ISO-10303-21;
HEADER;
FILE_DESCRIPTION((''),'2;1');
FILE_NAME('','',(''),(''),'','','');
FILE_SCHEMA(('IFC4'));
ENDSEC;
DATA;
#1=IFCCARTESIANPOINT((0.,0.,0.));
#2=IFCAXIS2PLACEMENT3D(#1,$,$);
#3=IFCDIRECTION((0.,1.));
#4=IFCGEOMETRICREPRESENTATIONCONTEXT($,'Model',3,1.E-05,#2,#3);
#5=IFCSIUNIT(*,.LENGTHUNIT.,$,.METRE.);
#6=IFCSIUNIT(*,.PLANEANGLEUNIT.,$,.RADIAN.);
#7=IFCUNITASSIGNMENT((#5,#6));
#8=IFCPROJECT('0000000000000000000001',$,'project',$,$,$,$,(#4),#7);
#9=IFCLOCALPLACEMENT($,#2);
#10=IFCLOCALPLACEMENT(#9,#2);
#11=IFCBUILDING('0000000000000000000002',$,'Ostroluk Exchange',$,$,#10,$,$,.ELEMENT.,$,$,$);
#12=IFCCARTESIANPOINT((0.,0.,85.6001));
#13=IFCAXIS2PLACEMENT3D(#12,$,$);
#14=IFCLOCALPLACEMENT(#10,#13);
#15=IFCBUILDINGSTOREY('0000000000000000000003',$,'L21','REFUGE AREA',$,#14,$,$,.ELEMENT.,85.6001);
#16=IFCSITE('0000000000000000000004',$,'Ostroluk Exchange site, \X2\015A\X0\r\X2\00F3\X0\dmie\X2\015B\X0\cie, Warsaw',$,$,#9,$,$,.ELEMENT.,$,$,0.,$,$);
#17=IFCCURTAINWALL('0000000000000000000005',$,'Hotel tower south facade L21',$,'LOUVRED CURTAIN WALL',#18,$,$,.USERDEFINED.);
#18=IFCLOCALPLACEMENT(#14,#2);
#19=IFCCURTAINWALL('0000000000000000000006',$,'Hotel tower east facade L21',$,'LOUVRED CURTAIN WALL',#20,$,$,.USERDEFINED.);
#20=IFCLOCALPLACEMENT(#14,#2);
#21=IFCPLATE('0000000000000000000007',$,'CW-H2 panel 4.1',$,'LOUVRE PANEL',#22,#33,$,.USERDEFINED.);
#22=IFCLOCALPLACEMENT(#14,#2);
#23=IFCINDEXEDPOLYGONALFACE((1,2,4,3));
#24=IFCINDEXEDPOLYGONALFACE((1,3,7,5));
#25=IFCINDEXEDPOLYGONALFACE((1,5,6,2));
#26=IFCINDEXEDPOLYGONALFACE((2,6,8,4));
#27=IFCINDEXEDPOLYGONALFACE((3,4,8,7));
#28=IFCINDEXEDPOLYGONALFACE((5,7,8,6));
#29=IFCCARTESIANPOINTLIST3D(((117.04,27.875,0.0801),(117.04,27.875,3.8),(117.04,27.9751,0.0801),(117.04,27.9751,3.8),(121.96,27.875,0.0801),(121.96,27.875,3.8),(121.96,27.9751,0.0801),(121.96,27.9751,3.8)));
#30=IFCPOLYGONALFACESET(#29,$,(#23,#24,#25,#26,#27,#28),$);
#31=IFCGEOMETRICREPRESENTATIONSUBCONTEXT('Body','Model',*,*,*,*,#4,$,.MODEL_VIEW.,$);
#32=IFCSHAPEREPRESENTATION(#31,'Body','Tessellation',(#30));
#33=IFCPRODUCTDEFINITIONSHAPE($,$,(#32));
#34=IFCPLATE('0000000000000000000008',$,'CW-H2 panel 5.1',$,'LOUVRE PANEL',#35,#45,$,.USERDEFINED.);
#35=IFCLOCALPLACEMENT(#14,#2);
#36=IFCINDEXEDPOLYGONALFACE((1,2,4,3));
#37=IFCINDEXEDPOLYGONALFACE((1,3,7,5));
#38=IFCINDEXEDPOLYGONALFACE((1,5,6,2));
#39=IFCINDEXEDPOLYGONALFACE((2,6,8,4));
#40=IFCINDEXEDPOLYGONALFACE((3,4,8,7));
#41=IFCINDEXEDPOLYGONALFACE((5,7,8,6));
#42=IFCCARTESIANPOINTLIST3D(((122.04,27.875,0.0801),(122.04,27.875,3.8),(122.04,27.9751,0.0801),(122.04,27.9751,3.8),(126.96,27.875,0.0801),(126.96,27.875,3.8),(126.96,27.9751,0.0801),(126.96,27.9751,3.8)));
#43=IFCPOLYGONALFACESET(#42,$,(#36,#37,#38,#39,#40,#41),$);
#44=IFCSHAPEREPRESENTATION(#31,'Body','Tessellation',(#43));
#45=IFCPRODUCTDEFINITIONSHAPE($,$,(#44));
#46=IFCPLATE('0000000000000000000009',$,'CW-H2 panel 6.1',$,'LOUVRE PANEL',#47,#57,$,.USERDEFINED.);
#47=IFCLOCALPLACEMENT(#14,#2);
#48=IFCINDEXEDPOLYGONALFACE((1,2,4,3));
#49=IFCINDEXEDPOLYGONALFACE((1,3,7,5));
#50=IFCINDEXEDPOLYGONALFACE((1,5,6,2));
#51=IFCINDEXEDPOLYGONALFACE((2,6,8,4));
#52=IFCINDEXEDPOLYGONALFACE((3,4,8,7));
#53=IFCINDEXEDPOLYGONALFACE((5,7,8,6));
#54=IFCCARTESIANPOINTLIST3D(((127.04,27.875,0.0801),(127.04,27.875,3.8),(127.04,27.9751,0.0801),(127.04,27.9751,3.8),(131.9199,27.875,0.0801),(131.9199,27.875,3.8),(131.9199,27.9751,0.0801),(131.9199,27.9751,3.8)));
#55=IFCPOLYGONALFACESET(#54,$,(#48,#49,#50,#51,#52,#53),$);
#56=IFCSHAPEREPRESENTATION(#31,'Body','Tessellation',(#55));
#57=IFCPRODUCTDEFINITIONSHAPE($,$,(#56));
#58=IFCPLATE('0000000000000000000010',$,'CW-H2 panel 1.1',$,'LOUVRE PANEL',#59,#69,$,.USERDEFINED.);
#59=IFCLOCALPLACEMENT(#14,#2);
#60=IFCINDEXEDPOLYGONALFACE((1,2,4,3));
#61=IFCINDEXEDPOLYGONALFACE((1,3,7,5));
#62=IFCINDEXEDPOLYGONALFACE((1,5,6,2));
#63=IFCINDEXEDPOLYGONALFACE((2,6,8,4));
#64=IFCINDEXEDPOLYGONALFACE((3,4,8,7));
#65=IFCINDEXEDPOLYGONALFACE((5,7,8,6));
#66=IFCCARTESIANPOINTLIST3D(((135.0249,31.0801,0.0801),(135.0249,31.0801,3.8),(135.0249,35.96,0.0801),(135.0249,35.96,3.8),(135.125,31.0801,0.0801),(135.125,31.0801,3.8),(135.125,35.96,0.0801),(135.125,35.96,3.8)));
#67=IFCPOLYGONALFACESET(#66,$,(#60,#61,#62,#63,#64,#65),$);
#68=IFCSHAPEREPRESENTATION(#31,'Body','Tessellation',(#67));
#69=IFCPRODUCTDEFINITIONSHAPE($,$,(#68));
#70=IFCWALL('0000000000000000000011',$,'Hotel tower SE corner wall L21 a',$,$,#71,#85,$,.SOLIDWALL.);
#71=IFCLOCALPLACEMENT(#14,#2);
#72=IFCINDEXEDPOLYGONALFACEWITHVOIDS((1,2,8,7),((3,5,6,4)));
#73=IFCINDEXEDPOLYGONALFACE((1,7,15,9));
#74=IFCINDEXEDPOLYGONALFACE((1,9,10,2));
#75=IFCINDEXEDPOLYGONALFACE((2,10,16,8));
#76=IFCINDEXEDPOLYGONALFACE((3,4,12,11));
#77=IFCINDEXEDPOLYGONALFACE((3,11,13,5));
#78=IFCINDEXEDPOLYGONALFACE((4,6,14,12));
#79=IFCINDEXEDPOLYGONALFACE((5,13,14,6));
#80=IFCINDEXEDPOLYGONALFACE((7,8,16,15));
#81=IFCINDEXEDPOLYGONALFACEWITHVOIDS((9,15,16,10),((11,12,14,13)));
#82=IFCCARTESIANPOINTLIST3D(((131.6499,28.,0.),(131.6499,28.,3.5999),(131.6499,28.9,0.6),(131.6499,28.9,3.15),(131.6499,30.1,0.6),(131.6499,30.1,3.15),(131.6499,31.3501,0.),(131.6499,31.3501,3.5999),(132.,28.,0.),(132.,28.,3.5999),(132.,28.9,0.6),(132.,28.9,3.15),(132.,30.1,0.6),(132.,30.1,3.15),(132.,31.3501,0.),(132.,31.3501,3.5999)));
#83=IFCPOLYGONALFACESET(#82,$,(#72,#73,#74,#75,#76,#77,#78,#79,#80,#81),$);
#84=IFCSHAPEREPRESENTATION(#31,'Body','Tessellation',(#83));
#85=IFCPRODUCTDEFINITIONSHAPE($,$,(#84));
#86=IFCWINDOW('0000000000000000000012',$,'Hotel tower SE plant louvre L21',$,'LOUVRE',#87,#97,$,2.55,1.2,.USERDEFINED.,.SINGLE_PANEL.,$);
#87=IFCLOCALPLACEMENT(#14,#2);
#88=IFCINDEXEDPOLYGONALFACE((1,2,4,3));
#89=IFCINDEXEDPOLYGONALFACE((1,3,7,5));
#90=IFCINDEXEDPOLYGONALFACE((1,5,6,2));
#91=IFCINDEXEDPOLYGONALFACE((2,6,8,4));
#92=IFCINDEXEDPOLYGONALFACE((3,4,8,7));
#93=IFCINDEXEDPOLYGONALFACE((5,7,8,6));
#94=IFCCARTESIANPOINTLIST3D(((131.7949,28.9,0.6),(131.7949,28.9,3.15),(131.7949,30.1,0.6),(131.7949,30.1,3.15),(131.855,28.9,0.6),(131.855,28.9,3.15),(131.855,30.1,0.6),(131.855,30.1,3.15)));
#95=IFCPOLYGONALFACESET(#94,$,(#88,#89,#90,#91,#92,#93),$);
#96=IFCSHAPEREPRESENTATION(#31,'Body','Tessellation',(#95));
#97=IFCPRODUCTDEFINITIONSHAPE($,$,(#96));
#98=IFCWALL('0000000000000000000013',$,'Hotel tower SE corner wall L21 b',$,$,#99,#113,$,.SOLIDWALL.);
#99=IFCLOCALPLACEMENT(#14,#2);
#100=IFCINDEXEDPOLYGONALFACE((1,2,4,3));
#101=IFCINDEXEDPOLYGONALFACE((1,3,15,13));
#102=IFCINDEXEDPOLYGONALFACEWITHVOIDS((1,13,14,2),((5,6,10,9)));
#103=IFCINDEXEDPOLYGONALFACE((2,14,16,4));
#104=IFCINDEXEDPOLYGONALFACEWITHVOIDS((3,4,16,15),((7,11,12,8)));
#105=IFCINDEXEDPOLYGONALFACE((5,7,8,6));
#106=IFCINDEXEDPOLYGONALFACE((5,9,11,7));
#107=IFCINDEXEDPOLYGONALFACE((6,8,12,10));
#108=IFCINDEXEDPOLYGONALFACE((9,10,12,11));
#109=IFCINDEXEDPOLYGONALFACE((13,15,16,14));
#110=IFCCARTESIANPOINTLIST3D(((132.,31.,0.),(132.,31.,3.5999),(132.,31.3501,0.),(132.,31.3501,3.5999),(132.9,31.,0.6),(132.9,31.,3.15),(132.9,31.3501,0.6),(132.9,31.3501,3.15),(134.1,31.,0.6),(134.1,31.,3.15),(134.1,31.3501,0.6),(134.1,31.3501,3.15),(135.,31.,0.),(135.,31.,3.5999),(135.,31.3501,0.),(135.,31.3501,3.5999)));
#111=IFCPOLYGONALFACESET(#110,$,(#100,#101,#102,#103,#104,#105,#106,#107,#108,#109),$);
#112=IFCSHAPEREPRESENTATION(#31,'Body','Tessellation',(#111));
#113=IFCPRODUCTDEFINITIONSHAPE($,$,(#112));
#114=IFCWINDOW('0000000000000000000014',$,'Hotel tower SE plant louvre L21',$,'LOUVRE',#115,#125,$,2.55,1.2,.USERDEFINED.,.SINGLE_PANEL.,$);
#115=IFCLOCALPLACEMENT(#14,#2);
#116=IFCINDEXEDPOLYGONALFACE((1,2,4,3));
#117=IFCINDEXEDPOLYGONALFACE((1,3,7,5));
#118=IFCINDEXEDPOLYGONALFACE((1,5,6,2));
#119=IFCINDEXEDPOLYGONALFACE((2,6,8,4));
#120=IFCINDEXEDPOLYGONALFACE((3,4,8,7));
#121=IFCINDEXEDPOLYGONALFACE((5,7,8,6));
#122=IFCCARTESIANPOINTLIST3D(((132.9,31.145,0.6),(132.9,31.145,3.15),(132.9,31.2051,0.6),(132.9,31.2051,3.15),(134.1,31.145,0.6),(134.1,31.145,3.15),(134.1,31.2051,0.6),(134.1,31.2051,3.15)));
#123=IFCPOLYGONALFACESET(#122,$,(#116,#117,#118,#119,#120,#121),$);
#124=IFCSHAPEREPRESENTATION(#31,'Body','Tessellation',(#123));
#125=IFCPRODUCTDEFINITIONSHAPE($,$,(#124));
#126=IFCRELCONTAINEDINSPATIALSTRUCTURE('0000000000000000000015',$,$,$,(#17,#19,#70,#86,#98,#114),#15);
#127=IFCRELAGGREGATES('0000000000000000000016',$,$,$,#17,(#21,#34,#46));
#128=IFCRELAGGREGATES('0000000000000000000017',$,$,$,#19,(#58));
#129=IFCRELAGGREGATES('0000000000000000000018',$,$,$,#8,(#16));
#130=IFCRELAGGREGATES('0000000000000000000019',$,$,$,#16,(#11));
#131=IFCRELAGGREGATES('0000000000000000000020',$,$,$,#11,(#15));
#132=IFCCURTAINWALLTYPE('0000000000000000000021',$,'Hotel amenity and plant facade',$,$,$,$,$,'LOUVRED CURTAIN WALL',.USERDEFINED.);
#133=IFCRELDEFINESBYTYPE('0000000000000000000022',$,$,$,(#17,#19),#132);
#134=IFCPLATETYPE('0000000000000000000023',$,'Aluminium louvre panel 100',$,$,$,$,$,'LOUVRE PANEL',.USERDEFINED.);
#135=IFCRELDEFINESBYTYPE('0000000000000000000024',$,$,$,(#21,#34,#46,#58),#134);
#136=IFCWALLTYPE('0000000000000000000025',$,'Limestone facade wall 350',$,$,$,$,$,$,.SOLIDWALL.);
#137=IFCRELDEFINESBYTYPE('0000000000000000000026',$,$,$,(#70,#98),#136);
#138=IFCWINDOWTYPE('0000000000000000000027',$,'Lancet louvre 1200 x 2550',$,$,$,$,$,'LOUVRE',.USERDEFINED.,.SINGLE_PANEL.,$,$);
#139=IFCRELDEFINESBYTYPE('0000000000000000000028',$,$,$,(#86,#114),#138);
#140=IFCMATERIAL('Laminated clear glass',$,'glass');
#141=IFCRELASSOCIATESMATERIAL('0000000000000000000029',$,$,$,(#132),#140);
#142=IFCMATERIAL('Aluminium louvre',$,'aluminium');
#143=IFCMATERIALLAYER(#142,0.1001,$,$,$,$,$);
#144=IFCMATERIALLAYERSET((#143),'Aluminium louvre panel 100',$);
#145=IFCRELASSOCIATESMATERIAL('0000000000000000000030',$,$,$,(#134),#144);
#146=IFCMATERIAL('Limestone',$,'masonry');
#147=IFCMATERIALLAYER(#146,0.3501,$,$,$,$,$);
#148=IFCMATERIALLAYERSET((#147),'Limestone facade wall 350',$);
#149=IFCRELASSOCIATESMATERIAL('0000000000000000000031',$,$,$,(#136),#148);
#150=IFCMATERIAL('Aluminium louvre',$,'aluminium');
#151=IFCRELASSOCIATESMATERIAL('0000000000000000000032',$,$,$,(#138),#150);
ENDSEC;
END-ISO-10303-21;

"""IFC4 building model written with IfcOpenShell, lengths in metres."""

from ifc_helpers import new_model, si_unit, direction, frame, frame_2d, origin, origin_2d, place, context, subcontext, project, spatial, rectangle, extrude, material, layer, layer_set, type_object, element, fill, aggregate, save


model = new_model("IFC4")

# Units and contexts
model_context = context("Model", 3, precision=1e-05, world=origin(), true_north=direction((0.0, 1.0)))
body_context = subcontext(model_context, "Body", "Model", "MODEL_VIEW")
ifc_project = project(units=[si_unit("LENGTHUNIT", "METRE"), si_unit("PLANEANGLEUNIT", "RADIAN")], contexts=[model_context])

# Site, building, storey
site_placement = place(None, origin())
site = spatial("IfcSite", under=ifc_project, at=site_placement, Name="Ostroluk Exchange site, Śródmieście, Warsaw", CompositionType="ELEMENT", RefElevation=0.0)
building_placement = place(site_placement, origin())
building = spatial("IfcBuilding", under=site, at=building_placement, Name="Ostroluk Exchange", CompositionType="ELEMENT")
storey_placement = place(building_placement, frame((0.0, 0.0, 85.6001)))
storey = spatial("IfcBuildingStorey", under=building, at=storey_placement, Name="L21", Description="REFUGE AREA", CompositionType="ELEMENT", Elevation=85.6001)

# Curtain wall
ifc_material_1 = material(Name="Laminated clear glass", Category="glass")
curtain_wall_type = type_object("IfcCurtainWallType", Name="Hotel amenity and plant facade", ElementType="LOUVRED CURTAIN WALL", PredefinedType="USERDEFINED", material=ifc_material_1)
curtain_wall_1_placement = place(storey_placement, origin())
curtain_wall_1 = element("IfcCurtainWall", 1, at=curtain_wall_1_placement, inside=storey, type_object=curtain_wall_type, Name="Hotel tower south facade L21", ObjectType="LOUVRED CURTAIN WALL", PredefinedType="USERDEFINED")

# Curtain wall
curtain_wall_2_placement = place(storey_placement, origin())
curtain_wall_2 = element("IfcCurtainWall", 2, at=curtain_wall_2_placement, inside=storey, type_object=curtain_wall_type, Name="Hotel tower east facade L21", ObjectType="LOUVRED CURTAIN WALL", PredefinedType="USERDEFINED")

# Plates
ifc_material_2 = material(Name="Aluminium louvre", Category="aluminium")
ifc_layer_1 = layer(ifc_material_2, 0.1001)
ifc_layer_set_1 = layer_set([ifc_layer_1], Name="Aluminium louvre panel 100")
plate_type = type_object("IfcPlateType", Name="Aluminium louvre panel 100", ElementType="LOUVRE PANEL", PredefinedType="USERDEFINED", material=ifc_layer_set_1)
plate_1_placement = place(storey_placement, frame((119.5, 27.925, 0.0801), z_axis=(0.0, 0.0, 1.0), x_axis=(1.0, 0.0, 0.0)))
plate_1 = element("IfcPlate", 3, at=plate_1_placement, type_object=plate_type, Name="CW-H2 panel 4.1", ObjectType="LOUVRE PANEL", PredefinedType="USERDEFINED", context=body_context, shape_type="SweptSolid", body=[
    extrude(rectangle(XDim=4.9199, YDim=0.1001, at=origin_2d()), origin(), (0.0, 0.0, 1.0), 3.72),
])
plate_2_placement = place(storey_placement, frame((124.5, 27.925, 0.0801), z_axis=(0.0, 0.0, 1.0), x_axis=(1.0, 0.0, 0.0)))
plate_2 = element("IfcPlate", 4, at=plate_2_placement, type_object=plate_type, Name="CW-H2 panel 5.1", ObjectType="LOUVRE PANEL", PredefinedType="USERDEFINED", context=body_context, shape_type="SweptSolid", body=[
    extrude(rectangle(XDim=4.9199, YDim=0.1001, at=origin_2d()), origin(), (0.0, 0.0, 1.0), 3.72),
])
plate_3_placement = place(storey_placement, frame((129.48, 27.925, 0.0801), z_axis=(0.0, 0.0, 1.0), x_axis=(1.0, 0.0, 0.0)))
plate_3 = element("IfcPlate", 5, at=plate_3_placement, type_object=plate_type, Name="CW-H2 panel 6.1", ObjectType="LOUVRE PANEL", PredefinedType="USERDEFINED", context=body_context, shape_type="SweptSolid", body=[
    extrude(rectangle(XDim=4.8799, YDim=0.1001, at=origin_2d()), origin(), (0.0, 0.0, 1.0), 3.72),
])
aggregate(curtain_wall_1, [plate_1, plate_2, plate_3])
plate_4_placement = place(storey_placement, frame((135.075, 33.52, 0.0801), z_axis=(0.0, 0.0, 1.0), x_axis=(0.0, 1.0, 0.0)))
plate_4 = element("IfcPlate", 6, at=plate_4_placement, type_object=plate_type, Name="CW-H2 panel 1.1", ObjectType="LOUVRE PANEL", PredefinedType="USERDEFINED", context=body_context, shape_type="SweptSolid", body=[
    extrude(rectangle(XDim=4.8799, YDim=0.1001, at=origin_2d()), origin(), (0.0, 0.0, 1.0), 3.72),
])
aggregate(curtain_wall_2, [plate_4])

# Walls, openings, windows
ifc_material_3 = material(Name="Limestone", Category="masonry")
ifc_layer_2 = layer(ifc_material_3, 0.3501)
ifc_layer_set_2 = layer_set([ifc_layer_2], Name="Limestone facade wall 350")
wall_type = type_object("IfcWallType", Name="Limestone facade wall 350", PredefinedType="SOLIDWALL", material=ifc_layer_set_2)
wall_1_placement = place(storey_placement, frame((131.825, 28.0, 0.0), z_axis=(0.0, 0.0, 1.0), x_axis=(0.0, 1.0, 0.0)))
wall_1 = element("IfcWall", 7, at=wall_1_placement, inside=storey, type_object=wall_type, Name="Hotel tower SE corner wall L21 a", PredefinedType="SOLIDWALL", context=body_context, shape_type="SweptSolid", body=[
    extrude(rectangle(XDim=3.3501, YDim=0.3501, at=frame_2d((1.675, 0.0))), origin(), (0.0, 0.0, 1.0), 3.5999),
])
opening_1_placement = place(wall_1_placement, frame((0.8999, 0.0, 0.6001)))
opening_1 = element("IfcOpeningElement", 8, at=opening_1_placement, cuts=wall_1, PredefinedType="OPENING", context=body_context, shape_type="SweptSolid", body=[
    extrude(rectangle(XDim=1.2, YDim=2.55, at=frame_2d((0.6001, 1.2749))), frame((0.0, 0.1851, 0.0), z_axis=(0.0, -1.0, 0.0), x_axis=(1.0, 0.0, 0.0)), (0.0, 0.0, 1.0), 0.3701),
])
ifc_material_4 = material(Name="Aluminium louvre", Category="aluminium")
window_type = type_object("IfcWindowType", Name="Lancet louvre 1200 x 2550", ElementType="LOUVRE", PartitioningType="SINGLE_PANEL", PredefinedType="USERDEFINED", material=ifc_material_4)
window_1_placement = place(opening_1_placement, origin())
window_1 = element("IfcWindow", 9, at=window_1_placement, inside=storey, type_object=window_type, Name="Hotel tower SE plant louvre L21", ObjectType="LOUVRE", OverallHeight=2.55, OverallWidth=1.2, PartitioningType="SINGLE_PANEL", PredefinedType="USERDEFINED", context=body_context, shape_type="SweptSolid", body=[
    extrude(rectangle(XDim=1.2, YDim=2.55, at=frame_2d((0.6001, 1.2749))), frame((0.0, 0.03, 0.0), z_axis=(0.0, -1.0, 0.0), x_axis=(1.0, 0.0, 0.0)), (0.0, 0.0, 1.0), 0.0601),
])
fill(opening_1, window_1)
wall_2_placement = place(storey_placement, frame((132.0, 31.175, 0.0), z_axis=(0.0, 0.0, 1.0), x_axis=(1.0, 0.0, 0.0)))
wall_2 = element("IfcWall", 10, at=wall_2_placement, inside=storey, type_object=wall_type, Name="Hotel tower SE corner wall L21 b", PredefinedType="SOLIDWALL", context=body_context, shape_type="SweptSolid", body=[
    extrude(rectangle(XDim=3.0, YDim=0.3501, at=frame_2d((1.5, 0.0))), origin(), (0.0, 0.0, 1.0), 3.5999),
])
opening_2_placement = place(wall_2_placement, frame((0.8999, 0.0, 0.6001)))
opening_2 = element("IfcOpeningElement", 11, at=opening_2_placement, cuts=wall_2, PredefinedType="OPENING", context=body_context, shape_type="SweptSolid", body=[
    extrude(rectangle(XDim=1.2, YDim=2.55, at=frame_2d((0.6001, 1.2749))), frame((0.0, 0.1851, 0.0), z_axis=(0.0, -1.0, 0.0), x_axis=(1.0, 0.0, 0.0)), (0.0, 0.0, 1.0), 0.3701),
])
window_2_placement = place(opening_2_placement, origin())
window_2 = element("IfcWindow", 12, at=window_2_placement, inside=storey, type_object=window_type, Name="Hotel tower SE plant louvre L21", ObjectType="LOUVRE", OverallHeight=2.55, OverallWidth=1.2, PartitioningType="SINGLE_PANEL", PredefinedType="USERDEFINED", context=body_context, shape_type="SweptSolid", body=[
    extrude(rectangle(XDim=1.2, YDim=2.55, at=frame_2d((0.6001, 1.2749))), frame((0.0, 0.03, 0.0), z_axis=(0.0, -1.0, 0.0), x_axis=(1.0, 0.0, 0.0)), (0.0, 0.0, 1.0), 0.0601),
])
fill(opening_2, window_2)

save(model, "model.ifc")
